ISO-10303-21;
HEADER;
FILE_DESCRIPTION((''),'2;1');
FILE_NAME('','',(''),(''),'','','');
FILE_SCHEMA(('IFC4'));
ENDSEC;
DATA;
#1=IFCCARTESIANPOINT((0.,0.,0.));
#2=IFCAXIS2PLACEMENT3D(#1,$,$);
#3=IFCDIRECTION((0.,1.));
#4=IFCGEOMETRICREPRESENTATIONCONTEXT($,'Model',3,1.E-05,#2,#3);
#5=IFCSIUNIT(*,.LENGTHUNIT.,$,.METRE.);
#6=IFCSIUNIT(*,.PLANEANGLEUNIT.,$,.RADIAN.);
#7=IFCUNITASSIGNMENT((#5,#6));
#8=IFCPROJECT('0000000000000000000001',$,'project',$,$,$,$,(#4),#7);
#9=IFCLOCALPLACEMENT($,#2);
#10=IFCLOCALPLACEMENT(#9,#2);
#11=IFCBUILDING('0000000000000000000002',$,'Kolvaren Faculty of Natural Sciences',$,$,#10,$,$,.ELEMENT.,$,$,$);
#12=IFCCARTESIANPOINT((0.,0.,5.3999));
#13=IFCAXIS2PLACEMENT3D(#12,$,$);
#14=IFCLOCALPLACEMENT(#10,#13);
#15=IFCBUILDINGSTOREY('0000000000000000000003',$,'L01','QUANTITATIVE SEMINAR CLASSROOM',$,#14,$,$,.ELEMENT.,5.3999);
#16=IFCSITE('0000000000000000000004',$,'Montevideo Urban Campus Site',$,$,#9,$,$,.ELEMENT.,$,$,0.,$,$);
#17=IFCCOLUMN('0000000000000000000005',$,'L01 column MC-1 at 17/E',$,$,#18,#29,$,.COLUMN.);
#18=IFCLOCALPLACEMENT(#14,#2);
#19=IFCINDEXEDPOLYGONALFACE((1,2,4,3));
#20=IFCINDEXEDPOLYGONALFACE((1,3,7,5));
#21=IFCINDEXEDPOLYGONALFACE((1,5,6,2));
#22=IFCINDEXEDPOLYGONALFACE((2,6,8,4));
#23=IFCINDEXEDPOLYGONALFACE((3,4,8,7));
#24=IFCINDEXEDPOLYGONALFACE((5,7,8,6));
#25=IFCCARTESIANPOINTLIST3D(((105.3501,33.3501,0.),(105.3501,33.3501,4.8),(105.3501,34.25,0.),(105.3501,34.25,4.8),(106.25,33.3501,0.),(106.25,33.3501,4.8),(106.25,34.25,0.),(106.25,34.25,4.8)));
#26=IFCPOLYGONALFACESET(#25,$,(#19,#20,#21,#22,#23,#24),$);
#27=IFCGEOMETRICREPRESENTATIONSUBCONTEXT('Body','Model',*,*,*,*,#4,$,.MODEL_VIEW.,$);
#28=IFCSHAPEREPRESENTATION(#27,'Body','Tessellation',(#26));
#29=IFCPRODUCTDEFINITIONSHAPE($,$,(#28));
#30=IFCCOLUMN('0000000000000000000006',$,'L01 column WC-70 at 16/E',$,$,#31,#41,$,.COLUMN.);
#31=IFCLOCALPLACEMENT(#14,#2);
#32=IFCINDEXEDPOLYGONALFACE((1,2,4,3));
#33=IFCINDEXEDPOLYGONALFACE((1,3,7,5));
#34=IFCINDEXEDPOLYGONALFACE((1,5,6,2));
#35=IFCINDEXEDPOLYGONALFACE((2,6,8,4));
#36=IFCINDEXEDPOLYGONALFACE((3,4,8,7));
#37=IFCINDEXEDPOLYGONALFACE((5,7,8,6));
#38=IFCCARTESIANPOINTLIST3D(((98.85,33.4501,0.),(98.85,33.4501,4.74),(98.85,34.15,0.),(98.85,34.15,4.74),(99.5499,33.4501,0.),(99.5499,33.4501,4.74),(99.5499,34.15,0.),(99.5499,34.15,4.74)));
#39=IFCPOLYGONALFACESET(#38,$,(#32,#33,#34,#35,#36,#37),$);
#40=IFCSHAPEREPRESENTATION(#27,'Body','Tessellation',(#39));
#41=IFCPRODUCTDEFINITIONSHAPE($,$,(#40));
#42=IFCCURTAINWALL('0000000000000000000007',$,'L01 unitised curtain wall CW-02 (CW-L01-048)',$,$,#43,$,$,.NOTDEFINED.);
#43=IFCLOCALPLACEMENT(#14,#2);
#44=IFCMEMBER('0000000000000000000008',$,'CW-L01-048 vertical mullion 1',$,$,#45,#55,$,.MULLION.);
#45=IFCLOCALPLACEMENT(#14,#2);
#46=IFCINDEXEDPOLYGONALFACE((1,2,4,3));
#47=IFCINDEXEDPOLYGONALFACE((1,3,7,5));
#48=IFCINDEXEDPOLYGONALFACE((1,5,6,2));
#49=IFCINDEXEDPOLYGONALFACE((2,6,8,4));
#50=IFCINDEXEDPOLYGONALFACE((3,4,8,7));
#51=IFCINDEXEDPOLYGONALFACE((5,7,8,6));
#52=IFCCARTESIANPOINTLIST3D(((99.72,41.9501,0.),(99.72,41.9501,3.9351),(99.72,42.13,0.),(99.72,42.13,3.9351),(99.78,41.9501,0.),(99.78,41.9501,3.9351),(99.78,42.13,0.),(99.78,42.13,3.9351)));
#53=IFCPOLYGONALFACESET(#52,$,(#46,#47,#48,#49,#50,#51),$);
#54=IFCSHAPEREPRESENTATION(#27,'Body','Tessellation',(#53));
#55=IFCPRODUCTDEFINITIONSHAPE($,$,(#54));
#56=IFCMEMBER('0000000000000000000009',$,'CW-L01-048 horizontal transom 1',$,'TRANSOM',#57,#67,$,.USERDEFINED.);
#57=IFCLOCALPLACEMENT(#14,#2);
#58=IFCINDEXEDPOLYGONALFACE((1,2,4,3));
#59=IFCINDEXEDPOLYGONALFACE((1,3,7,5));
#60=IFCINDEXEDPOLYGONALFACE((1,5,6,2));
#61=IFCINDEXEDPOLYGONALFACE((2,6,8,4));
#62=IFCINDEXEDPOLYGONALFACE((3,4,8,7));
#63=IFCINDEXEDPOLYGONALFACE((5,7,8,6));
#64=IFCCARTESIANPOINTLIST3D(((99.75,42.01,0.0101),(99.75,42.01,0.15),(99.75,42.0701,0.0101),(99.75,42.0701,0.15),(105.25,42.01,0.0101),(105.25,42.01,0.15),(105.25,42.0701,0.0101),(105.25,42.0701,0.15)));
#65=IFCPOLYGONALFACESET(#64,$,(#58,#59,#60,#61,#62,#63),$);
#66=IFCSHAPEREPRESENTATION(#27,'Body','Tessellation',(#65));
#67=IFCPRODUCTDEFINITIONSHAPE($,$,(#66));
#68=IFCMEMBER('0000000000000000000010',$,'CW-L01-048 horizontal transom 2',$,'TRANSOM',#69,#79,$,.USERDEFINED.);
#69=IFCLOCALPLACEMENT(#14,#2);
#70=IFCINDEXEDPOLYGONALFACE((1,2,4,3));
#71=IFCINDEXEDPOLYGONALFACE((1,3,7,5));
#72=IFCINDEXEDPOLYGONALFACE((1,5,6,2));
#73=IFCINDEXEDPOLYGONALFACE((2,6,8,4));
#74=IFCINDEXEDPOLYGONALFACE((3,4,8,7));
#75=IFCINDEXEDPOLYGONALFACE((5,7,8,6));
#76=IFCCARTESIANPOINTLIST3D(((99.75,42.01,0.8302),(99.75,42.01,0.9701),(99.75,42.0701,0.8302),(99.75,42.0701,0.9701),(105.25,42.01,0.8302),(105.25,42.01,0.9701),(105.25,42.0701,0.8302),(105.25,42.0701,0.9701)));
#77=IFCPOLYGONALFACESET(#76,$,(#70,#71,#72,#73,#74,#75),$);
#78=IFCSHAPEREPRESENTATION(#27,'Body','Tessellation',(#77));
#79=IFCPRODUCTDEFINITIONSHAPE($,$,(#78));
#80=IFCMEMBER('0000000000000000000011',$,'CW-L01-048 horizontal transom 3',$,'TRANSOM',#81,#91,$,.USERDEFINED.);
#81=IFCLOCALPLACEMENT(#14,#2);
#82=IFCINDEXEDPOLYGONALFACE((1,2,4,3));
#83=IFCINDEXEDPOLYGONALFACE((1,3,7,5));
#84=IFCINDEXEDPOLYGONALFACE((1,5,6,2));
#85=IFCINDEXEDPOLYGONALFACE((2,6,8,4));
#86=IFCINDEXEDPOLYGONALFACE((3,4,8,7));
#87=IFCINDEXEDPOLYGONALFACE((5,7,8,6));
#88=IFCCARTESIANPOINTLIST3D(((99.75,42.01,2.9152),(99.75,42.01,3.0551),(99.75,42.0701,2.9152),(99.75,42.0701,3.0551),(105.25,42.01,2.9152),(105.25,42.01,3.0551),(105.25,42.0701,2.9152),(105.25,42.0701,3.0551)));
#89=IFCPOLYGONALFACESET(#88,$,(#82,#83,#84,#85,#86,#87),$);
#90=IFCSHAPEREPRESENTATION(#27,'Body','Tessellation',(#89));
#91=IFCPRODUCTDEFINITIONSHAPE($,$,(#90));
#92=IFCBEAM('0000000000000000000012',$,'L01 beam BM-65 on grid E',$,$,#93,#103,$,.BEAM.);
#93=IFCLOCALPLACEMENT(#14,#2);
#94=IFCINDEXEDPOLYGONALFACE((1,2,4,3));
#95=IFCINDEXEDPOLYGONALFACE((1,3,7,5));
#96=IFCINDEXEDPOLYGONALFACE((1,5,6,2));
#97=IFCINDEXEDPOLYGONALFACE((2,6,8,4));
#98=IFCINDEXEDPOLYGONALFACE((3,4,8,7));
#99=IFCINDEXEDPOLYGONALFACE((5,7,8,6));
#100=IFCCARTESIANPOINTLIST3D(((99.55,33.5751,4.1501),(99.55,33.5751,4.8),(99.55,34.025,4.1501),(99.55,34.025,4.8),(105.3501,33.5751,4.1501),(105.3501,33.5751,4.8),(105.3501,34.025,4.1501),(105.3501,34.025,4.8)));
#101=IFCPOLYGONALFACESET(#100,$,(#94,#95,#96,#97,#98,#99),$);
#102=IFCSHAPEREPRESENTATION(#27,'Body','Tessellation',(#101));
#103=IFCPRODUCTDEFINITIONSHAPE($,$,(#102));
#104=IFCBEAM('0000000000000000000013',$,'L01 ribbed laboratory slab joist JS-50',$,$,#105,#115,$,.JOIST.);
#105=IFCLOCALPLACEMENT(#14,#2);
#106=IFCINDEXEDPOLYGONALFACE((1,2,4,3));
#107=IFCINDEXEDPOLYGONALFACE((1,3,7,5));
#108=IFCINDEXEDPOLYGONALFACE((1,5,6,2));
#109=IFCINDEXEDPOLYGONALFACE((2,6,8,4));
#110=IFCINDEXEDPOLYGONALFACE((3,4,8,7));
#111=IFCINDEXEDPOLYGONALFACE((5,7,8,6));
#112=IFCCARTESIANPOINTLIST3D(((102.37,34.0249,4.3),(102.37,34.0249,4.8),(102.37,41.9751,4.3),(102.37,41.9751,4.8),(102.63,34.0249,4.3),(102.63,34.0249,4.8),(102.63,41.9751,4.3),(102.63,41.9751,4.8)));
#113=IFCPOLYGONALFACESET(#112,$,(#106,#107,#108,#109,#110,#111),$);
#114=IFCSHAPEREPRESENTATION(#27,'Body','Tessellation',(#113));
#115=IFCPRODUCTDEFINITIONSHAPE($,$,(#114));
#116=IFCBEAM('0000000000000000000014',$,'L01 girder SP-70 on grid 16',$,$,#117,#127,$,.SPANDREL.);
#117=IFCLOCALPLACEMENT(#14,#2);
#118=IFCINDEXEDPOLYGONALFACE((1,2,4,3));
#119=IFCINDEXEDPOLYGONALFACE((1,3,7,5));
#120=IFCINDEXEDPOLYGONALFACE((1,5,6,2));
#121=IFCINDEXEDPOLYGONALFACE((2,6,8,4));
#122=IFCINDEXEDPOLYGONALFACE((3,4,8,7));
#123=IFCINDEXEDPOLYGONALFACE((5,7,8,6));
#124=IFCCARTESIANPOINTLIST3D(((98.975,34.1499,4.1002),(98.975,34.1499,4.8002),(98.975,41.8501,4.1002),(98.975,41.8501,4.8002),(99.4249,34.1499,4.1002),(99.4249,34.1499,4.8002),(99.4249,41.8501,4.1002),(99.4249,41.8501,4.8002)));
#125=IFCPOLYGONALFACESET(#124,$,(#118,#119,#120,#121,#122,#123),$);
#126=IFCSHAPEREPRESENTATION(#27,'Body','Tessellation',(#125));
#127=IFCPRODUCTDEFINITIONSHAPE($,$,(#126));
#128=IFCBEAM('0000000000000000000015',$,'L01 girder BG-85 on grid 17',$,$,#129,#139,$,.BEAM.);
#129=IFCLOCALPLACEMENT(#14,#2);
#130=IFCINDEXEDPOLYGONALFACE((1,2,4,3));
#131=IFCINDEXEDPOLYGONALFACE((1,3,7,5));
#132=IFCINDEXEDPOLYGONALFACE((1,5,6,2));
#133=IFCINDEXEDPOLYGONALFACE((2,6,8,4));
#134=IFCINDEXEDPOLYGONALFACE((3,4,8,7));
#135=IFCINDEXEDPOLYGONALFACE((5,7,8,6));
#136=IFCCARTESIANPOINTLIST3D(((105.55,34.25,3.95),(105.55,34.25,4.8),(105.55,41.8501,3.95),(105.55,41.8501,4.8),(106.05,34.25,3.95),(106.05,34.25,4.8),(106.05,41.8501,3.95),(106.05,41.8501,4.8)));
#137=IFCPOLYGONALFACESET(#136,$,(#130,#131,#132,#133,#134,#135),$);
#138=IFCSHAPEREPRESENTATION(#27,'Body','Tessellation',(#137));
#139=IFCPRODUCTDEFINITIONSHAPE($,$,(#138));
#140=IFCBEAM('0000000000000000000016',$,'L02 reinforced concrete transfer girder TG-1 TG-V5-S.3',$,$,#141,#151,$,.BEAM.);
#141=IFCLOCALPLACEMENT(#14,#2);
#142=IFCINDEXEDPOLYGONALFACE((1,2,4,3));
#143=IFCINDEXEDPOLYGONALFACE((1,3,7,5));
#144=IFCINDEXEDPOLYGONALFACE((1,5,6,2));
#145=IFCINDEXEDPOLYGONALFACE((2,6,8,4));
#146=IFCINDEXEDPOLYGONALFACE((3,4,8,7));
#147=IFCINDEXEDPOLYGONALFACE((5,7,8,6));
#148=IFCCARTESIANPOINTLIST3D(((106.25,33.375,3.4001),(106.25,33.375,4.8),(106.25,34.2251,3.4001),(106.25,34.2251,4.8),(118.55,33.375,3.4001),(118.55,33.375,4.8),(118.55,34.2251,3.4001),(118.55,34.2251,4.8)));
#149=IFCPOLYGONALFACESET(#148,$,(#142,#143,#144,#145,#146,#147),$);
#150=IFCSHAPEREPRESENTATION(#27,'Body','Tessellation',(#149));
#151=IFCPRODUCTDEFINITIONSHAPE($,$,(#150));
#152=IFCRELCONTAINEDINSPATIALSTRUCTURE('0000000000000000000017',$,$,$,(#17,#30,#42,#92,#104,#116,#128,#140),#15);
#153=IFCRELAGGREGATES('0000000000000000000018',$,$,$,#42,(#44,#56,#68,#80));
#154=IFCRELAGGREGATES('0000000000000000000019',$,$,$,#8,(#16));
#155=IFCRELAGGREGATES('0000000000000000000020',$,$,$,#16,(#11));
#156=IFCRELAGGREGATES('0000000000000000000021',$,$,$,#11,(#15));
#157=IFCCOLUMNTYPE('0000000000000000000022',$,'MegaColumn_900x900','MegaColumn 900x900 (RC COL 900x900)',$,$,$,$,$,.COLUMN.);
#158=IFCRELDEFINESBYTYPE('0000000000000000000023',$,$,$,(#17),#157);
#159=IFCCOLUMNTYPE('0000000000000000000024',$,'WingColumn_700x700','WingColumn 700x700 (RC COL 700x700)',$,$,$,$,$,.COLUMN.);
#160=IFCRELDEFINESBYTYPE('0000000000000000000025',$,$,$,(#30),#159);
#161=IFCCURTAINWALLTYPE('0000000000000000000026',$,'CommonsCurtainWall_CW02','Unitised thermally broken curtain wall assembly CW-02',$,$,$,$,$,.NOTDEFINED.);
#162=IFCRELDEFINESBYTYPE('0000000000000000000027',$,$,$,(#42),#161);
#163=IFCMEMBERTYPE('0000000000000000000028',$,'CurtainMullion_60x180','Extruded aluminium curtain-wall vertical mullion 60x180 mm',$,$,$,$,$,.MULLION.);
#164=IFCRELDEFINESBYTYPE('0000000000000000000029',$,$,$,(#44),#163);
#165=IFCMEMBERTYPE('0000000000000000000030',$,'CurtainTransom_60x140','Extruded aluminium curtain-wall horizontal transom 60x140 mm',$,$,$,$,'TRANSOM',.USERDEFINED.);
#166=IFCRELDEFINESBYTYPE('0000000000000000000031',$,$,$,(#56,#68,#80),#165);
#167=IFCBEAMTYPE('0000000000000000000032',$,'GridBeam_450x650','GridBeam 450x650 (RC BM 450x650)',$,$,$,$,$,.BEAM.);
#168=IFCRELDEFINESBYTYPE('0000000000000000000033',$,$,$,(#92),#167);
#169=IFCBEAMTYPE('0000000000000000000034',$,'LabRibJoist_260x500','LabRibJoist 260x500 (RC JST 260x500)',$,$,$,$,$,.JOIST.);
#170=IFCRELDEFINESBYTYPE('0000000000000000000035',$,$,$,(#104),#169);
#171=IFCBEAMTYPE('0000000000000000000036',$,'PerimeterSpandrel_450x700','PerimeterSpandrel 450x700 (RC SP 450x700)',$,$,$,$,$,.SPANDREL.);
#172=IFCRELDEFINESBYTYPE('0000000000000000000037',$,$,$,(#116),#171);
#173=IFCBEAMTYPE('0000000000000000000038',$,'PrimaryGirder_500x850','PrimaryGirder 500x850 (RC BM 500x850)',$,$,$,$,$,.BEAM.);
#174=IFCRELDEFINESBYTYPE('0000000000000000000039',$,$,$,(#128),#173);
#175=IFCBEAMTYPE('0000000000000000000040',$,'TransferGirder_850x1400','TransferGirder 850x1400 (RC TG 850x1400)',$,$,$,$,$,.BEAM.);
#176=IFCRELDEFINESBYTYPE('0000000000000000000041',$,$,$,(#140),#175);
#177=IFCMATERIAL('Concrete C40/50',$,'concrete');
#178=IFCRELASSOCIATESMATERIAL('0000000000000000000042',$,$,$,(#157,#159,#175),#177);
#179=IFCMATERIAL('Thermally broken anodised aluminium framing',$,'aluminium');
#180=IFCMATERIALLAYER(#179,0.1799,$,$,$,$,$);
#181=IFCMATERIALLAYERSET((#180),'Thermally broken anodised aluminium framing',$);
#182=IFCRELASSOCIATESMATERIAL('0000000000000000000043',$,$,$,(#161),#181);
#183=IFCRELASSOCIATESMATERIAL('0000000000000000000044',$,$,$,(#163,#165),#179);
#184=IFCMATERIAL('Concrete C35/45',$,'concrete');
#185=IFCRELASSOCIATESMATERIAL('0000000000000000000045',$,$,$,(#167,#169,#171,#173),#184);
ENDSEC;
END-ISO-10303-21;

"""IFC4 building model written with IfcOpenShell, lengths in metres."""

from ifc_helpers import new_model, si_unit, direction, frame, origin, origin_2d, place, context, subcontext, project, spatial, rectangle, extrude, material, layer, layer_set, material_profile, profile_set, type_object, element, aggregate, save


model = new_model("IFC4")

# Units and contexts
model_context = context("Model", 3, precision=1e-05, world=origin(), true_north=direction((0.0, 1.0)))
body_context = subcontext(model_context, "Body", "Model", "MODEL_VIEW")
ifc_project = project(units=[si_unit("LENGTHUNIT", "METRE"), si_unit("PLANEANGLEUNIT", "RADIAN")], contexts=[model_context])

# Site, building, storey
site_placement = place(None, origin())
site = spatial("IfcSite", under=ifc_project, at=site_placement, Name="Montevideo Urban Campus Site", CompositionType="ELEMENT", RefElevation=0.0)
building_placement = place(site_placement, origin())
building = spatial("IfcBuilding", under=site, at=building_placement, Name="Kolvaren Faculty of Natural Sciences", CompositionType="ELEMENT")
storey_placement = place(building_placement, frame((0.0, 0.0, 5.3999)))
storey = spatial("IfcBuildingStorey", under=building, at=storey_placement, Name="L01", Description="QUANTITATIVE SEMINAR CLASSROOM", CompositionType="ELEMENT", Elevation=5.3999)

# Columns
ifc_material_1 = material(Name="Concrete C40/50", Category="concrete")
ifc_material_profile_1 = material_profile(ifc_material_1, rectangle(XDim=0.8999, YDim=0.8999, at=origin_2d()), Name="RC COL 900x900")
ifc_profile_set_1 = profile_set([ifc_material_profile_1], Name="Concrete C40/50")
column_type_1 = type_object("IfcColumnType", Name="MegaColumn_900x900", Description="MegaColumn 900x900 (RC COL 900x900)", PredefinedType="COLUMN", material=ifc_profile_set_1)
column_1_placement = place(storey_placement, frame((105.8, 33.8, 0.0), z_axis=(0.0, 0.0, 1.0), x_axis=(1.0, 0.0, 0.0)))
element("IfcColumn", 1, at=column_1_placement, inside=storey, type_object=column_type_1, Name="L01 column MC-1 at 17/E", PredefinedType="COLUMN", context=body_context, shape_type="SweptSolid", body=[
    extrude(rectangle(XDim=0.8999, YDim=0.8999, at=origin_2d()), origin(), (0.0, 0.0, 1.0), 4.8),
])
ifc_material_profile_2 = material_profile(ifc_material_1, rectangle(XDim=0.7, YDim=0.7, at=origin_2d()), Name="RC COL 700x700")
ifc_profile_set_2 = profile_set([ifc_material_profile_2], Name="Concrete C40/50")
column_type_2 = type_object("IfcColumnType", Name="WingColumn_700x700", Description="WingColumn 700x700 (RC COL 700x700)", PredefinedType="COLUMN", material=ifc_profile_set_2)
column_2_placement = place(storey_placement, frame((99.2, 33.8, 0.0), z_axis=(0.0, 0.0, 1.0), x_axis=(1.0, 0.0, 0.0)))
element("IfcColumn", 2, at=column_2_placement, inside=storey, type_object=column_type_2, Name="L01 column WC-70 at 16/E", PredefinedType="COLUMN", context=body_context, shape_type="SweptSolid", body=[
    extrude(rectangle(XDim=0.7, YDim=0.7, at=origin_2d()), origin(), (0.0, 0.0, 1.0), 4.74),
])

# Curtain wall, members
ifc_material_2 = material(Name="Thermally broken anodised aluminium framing", Category="aluminium")
ifc_layer_1 = layer(ifc_material_2, 0.1799)
ifc_layer_set_1 = layer_set([ifc_layer_1], Name="Thermally broken anodised aluminium framing")
curtain_wall_type = type_object("IfcCurtainWallType", Name="CommonsCurtainWall_CW02", Description="Unitised thermally broken curtain wall assembly CW-02", PredefinedType="NOTDEFINED", material=ifc_layer_set_1)
curtain_wall_placement = place(storey_placement, origin())
curtain_wall = element("IfcCurtainWall", 3, at=curtain_wall_placement, inside=storey, type_object=curtain_wall_type, Name="L01 unitised curtain wall CW-02 (CW-L01-048)", PredefinedType="NOTDEFINED")
ifc_material_profile_3 = material_profile(ifc_material_2, rectangle(XDim=0.0601, YDim=0.1799, at=origin_2d()), Name="ALU MUL 60x180")
ifc_profile_set_3 = profile_set([ifc_material_profile_3], Name="Thermally broken anodised aluminium framing")
member_type_1 = type_object("IfcMemberType", Name="CurtainMullion_60x180", Description="Extruded aluminium curtain-wall vertical mullion 60x180 mm", PredefinedType="MULLION", material=ifc_profile_set_3)
member_1_placement = place(storey_placement, frame((99.75, 42.04, 0.0), z_axis=(0.0, 0.0, 1.0), x_axis=(1.0, 0.0, 0.0)))
member_1 = element("IfcMember", 4, at=member_1_placement, type_object=member_type_1, Name="CW-L01-048 vertical mullion 1", PredefinedType="MULLION", context=body_context, shape_type="SweptSolid", body=[
    extrude(rectangle(XDim=0.0601, YDim=0.1799, at=origin_2d()), origin(), (0.0, 0.0, 1.0), 3.9351),
])
ifc_material_profile_4 = material_profile(ifc_material_2, rectangle(XDim=0.0601, YDim=0.1399, at=origin_2d()), Name="ALU TRN 60x140")
ifc_profile_set_4 = profile_set([ifc_material_profile_4], Name="Thermally broken anodised aluminium framing")
member_type_2 = type_object("IfcMemberType", Name="CurtainTransom_60x140", Description="Extruded aluminium curtain-wall horizontal transom 60x140 mm", ElementType="TRANSOM", PredefinedType="USERDEFINED", material=ifc_profile_set_4)
member_2_placement = place(storey_placement, frame((99.75, 42.04, 0.0801), z_axis=(1.0, 0.0, 0.0), x_axis=(0.0, 1.0, 0.0)))
member_2 = element("IfcMember", 5, at=member_2_placement, type_object=member_type_2, Name="CW-L01-048 horizontal transom 1", ObjectType="TRANSOM", PredefinedType="USERDEFINED", context=body_context, shape_type="SweptSolid", body=[
    extrude(rectangle(XDim=0.0601, YDim=0.1399, at=origin_2d()), origin(), (0.0, 0.0, 1.0), 5.5),
])
member_3_placement = place(storey_placement, frame((99.75, 42.04, 0.9001), z_axis=(1.0, 0.0, 0.0), x_axis=(0.0, 1.0, 0.0)))
member_3 = element("IfcMember", 6, at=member_3_placement, type_object=member_type_2, Name="CW-L01-048 horizontal transom 2", ObjectType="TRANSOM", PredefinedType="USERDEFINED", context=body_context, shape_type="SweptSolid", body=[
    extrude(rectangle(XDim=0.0601, YDim=0.1399, at=origin_2d()), origin(), (0.0, 0.0, 1.0), 5.5),
])
member_4_placement = place(storey_placement, frame((99.75, 42.04, 2.9851), z_axis=(1.0, 0.0, 0.0), x_axis=(0.0, 1.0, 0.0)))
member_4 = element("IfcMember", 7, at=member_4_placement, type_object=member_type_2, Name="CW-L01-048 horizontal transom 3", ObjectType="TRANSOM", PredefinedType="USERDEFINED", context=body_context, shape_type="SweptSolid", body=[
    extrude(rectangle(XDim=0.0601, YDim=0.1399, at=origin_2d()), origin(), (0.0, 0.0, 1.0), 5.5),
])
aggregate(curtain_wall, [member_1, member_2, member_3, member_4])

# Beams
ifc_material_3 = material(Name="Concrete C35/45", Category="concrete")
ifc_material_profile_5 = material_profile(ifc_material_3, rectangle(XDim=0.45, YDim=0.6499, at=origin_2d()), Name="RC BM 450x650")
ifc_profile_set_5 = profile_set([ifc_material_profile_5], Name="Concrete C35/45")
beam_type_1 = type_object("IfcBeamType", Name="GridBeam_450x650", Description="GridBeam 450x650 (RC BM 450x650)", PredefinedType="BEAM", material=ifc_profile_set_5)
beam_1_placement = place(storey_placement, frame((99.55, 33.8, 4.4751), z_axis=(1.0, 0.0, 0.0), x_axis=(0.0, 1.0, 0.0)))
element("IfcBeam", 8, at=beam_1_placement, inside=storey, type_object=beam_type_1, Name="L01 beam BM-65 on grid E", PredefinedType="BEAM", context=body_context, shape_type="SweptSolid", body=[
    extrude(rectangle(XDim=0.45, YDim=0.6499, at=origin_2d()), origin(), (0.0, 0.0, 1.0), 5.8),
])
ifc_material_profile_6 = material_profile(ifc_material_3, rectangle(XDim=0.26, YDim=0.5, at=origin_2d()), Name="RC JST 260x500")
ifc_profile_set_6 = profile_set([ifc_material_profile_6], Name="Concrete C35/45")
beam_type_2 = type_object("IfcBeamType", Name="LabRibJoist_260x500", Description="LabRibJoist 260x500 (RC JST 260x500)", PredefinedType="JOIST", material=ifc_profile_set_6)
beam_2_placement = place(storey_placement, frame((102.5, 34.0249, 4.55), z_axis=(0.0, 1.0, 0.0), x_axis=(-1.0, 0.0, 0.0)))
element("IfcBeam", 9, at=beam_2_placement, inside=storey, type_object=beam_type_2, Name="L01 ribbed laboratory slab joist JS-50", PredefinedType="JOIST", context=body_context, shape_type="SweptSolid", body=[
    extrude(rectangle(XDim=0.26, YDim=0.5, at=origin_2d()), origin(), (0.0, 0.0, 1.0), 7.9502),
])
ifc_material_profile_7 = material_profile(ifc_material_3, rectangle(XDim=0.45, YDim=0.7, at=origin_2d()), Name="RC SP 450x700")
ifc_profile_set_7 = profile_set([ifc_material_profile_7], Name="Concrete C35/45")
beam_type_3 = type_object("IfcBeamType", Name="PerimeterSpandrel_450x700", Description="PerimeterSpandrel 450x700 (RC SP 450x700)", PredefinedType="SPANDREL", material=ifc_profile_set_7)
beam_3_placement = place(storey_placement, frame((99.2, 34.1499, 4.4502), z_axis=(0.0, 1.0, 0.0), x_axis=(-1.0, 0.0, 0.0)))
element("IfcBeam", 10, at=beam_3_placement, inside=storey, type_object=beam_type_3, Name="L01 girder SP-70 on grid 16", PredefinedType="SPANDREL", context=body_context, shape_type="SweptSolid", body=[
    extrude(rectangle(XDim=0.45, YDim=0.7, at=origin_2d()), origin(), (0.0, 0.0, 1.0), 7.7002),
])
ifc_material_profile_8 = material_profile(ifc_material_3, rectangle(XDim=0.5, YDim=0.8501, at=origin_2d()), Name="RC BM 500x850")
ifc_profile_set_8 = profile_set([ifc_material_profile_8], Name="Concrete C35/45")
beam_type_4 = type_object("IfcBeamType", Name="PrimaryGirder_500x850", Description="PrimaryGirder 500x850 (RC BM 500x850)", PredefinedType="BEAM", material=ifc_profile_set_8)
beam_4_placement = place(storey_placement, frame((105.8, 34.25, 4.375), z_axis=(0.0, 1.0, 0.0), x_axis=(-1.0, 0.0, 0.0)))
element("IfcBeam", 11, at=beam_4_placement, inside=storey, type_object=beam_type_4, Name="L01 girder BG-85 on grid 17", PredefinedType="BEAM", context=body_context, shape_type="SweptSolid", body=[
    extrude(rectangle(XDim=0.5, YDim=0.8501, at=origin_2d()), origin(), (0.0, 0.0, 1.0), 7.6001),
])
ifc_material_profile_9 = material_profile(ifc_material_1, rectangle(XDim=0.8501, YDim=1.3999, at=origin_2d()), Name="RC TG 850x1400")
ifc_profile_set_9 = profile_set([ifc_material_profile_9], Name="Concrete C40/50")
beam_type_5 = type_object("IfcBeamType", Name="TransferGirder_850x1400", Description="TransferGirder 850x1400 (RC TG 850x1400)", PredefinedType="BEAM", material=ifc_profile_set_9)
beam_5_placement = place(storey_placement, frame((106.25, 33.8, 4.1001), z_axis=(1.0, 0.0, 0.0), x_axis=(0.0, 1.0, 0.0)))
element("IfcBeam", 12, at=beam_5_placement, inside=storey, type_object=beam_type_5, Name="L02 reinforced concrete transfer girder TG-1 TG-V5-S.3", PredefinedType="BEAM", context=body_context, shape_type="SweptSolid", body=[
    extrude(rectangle(XDim=0.8501, YDim=1.3999, at=origin_2d()), origin(), (0.0, 0.0, 1.0), 12.3),
])

save(model, "model.ifc")
